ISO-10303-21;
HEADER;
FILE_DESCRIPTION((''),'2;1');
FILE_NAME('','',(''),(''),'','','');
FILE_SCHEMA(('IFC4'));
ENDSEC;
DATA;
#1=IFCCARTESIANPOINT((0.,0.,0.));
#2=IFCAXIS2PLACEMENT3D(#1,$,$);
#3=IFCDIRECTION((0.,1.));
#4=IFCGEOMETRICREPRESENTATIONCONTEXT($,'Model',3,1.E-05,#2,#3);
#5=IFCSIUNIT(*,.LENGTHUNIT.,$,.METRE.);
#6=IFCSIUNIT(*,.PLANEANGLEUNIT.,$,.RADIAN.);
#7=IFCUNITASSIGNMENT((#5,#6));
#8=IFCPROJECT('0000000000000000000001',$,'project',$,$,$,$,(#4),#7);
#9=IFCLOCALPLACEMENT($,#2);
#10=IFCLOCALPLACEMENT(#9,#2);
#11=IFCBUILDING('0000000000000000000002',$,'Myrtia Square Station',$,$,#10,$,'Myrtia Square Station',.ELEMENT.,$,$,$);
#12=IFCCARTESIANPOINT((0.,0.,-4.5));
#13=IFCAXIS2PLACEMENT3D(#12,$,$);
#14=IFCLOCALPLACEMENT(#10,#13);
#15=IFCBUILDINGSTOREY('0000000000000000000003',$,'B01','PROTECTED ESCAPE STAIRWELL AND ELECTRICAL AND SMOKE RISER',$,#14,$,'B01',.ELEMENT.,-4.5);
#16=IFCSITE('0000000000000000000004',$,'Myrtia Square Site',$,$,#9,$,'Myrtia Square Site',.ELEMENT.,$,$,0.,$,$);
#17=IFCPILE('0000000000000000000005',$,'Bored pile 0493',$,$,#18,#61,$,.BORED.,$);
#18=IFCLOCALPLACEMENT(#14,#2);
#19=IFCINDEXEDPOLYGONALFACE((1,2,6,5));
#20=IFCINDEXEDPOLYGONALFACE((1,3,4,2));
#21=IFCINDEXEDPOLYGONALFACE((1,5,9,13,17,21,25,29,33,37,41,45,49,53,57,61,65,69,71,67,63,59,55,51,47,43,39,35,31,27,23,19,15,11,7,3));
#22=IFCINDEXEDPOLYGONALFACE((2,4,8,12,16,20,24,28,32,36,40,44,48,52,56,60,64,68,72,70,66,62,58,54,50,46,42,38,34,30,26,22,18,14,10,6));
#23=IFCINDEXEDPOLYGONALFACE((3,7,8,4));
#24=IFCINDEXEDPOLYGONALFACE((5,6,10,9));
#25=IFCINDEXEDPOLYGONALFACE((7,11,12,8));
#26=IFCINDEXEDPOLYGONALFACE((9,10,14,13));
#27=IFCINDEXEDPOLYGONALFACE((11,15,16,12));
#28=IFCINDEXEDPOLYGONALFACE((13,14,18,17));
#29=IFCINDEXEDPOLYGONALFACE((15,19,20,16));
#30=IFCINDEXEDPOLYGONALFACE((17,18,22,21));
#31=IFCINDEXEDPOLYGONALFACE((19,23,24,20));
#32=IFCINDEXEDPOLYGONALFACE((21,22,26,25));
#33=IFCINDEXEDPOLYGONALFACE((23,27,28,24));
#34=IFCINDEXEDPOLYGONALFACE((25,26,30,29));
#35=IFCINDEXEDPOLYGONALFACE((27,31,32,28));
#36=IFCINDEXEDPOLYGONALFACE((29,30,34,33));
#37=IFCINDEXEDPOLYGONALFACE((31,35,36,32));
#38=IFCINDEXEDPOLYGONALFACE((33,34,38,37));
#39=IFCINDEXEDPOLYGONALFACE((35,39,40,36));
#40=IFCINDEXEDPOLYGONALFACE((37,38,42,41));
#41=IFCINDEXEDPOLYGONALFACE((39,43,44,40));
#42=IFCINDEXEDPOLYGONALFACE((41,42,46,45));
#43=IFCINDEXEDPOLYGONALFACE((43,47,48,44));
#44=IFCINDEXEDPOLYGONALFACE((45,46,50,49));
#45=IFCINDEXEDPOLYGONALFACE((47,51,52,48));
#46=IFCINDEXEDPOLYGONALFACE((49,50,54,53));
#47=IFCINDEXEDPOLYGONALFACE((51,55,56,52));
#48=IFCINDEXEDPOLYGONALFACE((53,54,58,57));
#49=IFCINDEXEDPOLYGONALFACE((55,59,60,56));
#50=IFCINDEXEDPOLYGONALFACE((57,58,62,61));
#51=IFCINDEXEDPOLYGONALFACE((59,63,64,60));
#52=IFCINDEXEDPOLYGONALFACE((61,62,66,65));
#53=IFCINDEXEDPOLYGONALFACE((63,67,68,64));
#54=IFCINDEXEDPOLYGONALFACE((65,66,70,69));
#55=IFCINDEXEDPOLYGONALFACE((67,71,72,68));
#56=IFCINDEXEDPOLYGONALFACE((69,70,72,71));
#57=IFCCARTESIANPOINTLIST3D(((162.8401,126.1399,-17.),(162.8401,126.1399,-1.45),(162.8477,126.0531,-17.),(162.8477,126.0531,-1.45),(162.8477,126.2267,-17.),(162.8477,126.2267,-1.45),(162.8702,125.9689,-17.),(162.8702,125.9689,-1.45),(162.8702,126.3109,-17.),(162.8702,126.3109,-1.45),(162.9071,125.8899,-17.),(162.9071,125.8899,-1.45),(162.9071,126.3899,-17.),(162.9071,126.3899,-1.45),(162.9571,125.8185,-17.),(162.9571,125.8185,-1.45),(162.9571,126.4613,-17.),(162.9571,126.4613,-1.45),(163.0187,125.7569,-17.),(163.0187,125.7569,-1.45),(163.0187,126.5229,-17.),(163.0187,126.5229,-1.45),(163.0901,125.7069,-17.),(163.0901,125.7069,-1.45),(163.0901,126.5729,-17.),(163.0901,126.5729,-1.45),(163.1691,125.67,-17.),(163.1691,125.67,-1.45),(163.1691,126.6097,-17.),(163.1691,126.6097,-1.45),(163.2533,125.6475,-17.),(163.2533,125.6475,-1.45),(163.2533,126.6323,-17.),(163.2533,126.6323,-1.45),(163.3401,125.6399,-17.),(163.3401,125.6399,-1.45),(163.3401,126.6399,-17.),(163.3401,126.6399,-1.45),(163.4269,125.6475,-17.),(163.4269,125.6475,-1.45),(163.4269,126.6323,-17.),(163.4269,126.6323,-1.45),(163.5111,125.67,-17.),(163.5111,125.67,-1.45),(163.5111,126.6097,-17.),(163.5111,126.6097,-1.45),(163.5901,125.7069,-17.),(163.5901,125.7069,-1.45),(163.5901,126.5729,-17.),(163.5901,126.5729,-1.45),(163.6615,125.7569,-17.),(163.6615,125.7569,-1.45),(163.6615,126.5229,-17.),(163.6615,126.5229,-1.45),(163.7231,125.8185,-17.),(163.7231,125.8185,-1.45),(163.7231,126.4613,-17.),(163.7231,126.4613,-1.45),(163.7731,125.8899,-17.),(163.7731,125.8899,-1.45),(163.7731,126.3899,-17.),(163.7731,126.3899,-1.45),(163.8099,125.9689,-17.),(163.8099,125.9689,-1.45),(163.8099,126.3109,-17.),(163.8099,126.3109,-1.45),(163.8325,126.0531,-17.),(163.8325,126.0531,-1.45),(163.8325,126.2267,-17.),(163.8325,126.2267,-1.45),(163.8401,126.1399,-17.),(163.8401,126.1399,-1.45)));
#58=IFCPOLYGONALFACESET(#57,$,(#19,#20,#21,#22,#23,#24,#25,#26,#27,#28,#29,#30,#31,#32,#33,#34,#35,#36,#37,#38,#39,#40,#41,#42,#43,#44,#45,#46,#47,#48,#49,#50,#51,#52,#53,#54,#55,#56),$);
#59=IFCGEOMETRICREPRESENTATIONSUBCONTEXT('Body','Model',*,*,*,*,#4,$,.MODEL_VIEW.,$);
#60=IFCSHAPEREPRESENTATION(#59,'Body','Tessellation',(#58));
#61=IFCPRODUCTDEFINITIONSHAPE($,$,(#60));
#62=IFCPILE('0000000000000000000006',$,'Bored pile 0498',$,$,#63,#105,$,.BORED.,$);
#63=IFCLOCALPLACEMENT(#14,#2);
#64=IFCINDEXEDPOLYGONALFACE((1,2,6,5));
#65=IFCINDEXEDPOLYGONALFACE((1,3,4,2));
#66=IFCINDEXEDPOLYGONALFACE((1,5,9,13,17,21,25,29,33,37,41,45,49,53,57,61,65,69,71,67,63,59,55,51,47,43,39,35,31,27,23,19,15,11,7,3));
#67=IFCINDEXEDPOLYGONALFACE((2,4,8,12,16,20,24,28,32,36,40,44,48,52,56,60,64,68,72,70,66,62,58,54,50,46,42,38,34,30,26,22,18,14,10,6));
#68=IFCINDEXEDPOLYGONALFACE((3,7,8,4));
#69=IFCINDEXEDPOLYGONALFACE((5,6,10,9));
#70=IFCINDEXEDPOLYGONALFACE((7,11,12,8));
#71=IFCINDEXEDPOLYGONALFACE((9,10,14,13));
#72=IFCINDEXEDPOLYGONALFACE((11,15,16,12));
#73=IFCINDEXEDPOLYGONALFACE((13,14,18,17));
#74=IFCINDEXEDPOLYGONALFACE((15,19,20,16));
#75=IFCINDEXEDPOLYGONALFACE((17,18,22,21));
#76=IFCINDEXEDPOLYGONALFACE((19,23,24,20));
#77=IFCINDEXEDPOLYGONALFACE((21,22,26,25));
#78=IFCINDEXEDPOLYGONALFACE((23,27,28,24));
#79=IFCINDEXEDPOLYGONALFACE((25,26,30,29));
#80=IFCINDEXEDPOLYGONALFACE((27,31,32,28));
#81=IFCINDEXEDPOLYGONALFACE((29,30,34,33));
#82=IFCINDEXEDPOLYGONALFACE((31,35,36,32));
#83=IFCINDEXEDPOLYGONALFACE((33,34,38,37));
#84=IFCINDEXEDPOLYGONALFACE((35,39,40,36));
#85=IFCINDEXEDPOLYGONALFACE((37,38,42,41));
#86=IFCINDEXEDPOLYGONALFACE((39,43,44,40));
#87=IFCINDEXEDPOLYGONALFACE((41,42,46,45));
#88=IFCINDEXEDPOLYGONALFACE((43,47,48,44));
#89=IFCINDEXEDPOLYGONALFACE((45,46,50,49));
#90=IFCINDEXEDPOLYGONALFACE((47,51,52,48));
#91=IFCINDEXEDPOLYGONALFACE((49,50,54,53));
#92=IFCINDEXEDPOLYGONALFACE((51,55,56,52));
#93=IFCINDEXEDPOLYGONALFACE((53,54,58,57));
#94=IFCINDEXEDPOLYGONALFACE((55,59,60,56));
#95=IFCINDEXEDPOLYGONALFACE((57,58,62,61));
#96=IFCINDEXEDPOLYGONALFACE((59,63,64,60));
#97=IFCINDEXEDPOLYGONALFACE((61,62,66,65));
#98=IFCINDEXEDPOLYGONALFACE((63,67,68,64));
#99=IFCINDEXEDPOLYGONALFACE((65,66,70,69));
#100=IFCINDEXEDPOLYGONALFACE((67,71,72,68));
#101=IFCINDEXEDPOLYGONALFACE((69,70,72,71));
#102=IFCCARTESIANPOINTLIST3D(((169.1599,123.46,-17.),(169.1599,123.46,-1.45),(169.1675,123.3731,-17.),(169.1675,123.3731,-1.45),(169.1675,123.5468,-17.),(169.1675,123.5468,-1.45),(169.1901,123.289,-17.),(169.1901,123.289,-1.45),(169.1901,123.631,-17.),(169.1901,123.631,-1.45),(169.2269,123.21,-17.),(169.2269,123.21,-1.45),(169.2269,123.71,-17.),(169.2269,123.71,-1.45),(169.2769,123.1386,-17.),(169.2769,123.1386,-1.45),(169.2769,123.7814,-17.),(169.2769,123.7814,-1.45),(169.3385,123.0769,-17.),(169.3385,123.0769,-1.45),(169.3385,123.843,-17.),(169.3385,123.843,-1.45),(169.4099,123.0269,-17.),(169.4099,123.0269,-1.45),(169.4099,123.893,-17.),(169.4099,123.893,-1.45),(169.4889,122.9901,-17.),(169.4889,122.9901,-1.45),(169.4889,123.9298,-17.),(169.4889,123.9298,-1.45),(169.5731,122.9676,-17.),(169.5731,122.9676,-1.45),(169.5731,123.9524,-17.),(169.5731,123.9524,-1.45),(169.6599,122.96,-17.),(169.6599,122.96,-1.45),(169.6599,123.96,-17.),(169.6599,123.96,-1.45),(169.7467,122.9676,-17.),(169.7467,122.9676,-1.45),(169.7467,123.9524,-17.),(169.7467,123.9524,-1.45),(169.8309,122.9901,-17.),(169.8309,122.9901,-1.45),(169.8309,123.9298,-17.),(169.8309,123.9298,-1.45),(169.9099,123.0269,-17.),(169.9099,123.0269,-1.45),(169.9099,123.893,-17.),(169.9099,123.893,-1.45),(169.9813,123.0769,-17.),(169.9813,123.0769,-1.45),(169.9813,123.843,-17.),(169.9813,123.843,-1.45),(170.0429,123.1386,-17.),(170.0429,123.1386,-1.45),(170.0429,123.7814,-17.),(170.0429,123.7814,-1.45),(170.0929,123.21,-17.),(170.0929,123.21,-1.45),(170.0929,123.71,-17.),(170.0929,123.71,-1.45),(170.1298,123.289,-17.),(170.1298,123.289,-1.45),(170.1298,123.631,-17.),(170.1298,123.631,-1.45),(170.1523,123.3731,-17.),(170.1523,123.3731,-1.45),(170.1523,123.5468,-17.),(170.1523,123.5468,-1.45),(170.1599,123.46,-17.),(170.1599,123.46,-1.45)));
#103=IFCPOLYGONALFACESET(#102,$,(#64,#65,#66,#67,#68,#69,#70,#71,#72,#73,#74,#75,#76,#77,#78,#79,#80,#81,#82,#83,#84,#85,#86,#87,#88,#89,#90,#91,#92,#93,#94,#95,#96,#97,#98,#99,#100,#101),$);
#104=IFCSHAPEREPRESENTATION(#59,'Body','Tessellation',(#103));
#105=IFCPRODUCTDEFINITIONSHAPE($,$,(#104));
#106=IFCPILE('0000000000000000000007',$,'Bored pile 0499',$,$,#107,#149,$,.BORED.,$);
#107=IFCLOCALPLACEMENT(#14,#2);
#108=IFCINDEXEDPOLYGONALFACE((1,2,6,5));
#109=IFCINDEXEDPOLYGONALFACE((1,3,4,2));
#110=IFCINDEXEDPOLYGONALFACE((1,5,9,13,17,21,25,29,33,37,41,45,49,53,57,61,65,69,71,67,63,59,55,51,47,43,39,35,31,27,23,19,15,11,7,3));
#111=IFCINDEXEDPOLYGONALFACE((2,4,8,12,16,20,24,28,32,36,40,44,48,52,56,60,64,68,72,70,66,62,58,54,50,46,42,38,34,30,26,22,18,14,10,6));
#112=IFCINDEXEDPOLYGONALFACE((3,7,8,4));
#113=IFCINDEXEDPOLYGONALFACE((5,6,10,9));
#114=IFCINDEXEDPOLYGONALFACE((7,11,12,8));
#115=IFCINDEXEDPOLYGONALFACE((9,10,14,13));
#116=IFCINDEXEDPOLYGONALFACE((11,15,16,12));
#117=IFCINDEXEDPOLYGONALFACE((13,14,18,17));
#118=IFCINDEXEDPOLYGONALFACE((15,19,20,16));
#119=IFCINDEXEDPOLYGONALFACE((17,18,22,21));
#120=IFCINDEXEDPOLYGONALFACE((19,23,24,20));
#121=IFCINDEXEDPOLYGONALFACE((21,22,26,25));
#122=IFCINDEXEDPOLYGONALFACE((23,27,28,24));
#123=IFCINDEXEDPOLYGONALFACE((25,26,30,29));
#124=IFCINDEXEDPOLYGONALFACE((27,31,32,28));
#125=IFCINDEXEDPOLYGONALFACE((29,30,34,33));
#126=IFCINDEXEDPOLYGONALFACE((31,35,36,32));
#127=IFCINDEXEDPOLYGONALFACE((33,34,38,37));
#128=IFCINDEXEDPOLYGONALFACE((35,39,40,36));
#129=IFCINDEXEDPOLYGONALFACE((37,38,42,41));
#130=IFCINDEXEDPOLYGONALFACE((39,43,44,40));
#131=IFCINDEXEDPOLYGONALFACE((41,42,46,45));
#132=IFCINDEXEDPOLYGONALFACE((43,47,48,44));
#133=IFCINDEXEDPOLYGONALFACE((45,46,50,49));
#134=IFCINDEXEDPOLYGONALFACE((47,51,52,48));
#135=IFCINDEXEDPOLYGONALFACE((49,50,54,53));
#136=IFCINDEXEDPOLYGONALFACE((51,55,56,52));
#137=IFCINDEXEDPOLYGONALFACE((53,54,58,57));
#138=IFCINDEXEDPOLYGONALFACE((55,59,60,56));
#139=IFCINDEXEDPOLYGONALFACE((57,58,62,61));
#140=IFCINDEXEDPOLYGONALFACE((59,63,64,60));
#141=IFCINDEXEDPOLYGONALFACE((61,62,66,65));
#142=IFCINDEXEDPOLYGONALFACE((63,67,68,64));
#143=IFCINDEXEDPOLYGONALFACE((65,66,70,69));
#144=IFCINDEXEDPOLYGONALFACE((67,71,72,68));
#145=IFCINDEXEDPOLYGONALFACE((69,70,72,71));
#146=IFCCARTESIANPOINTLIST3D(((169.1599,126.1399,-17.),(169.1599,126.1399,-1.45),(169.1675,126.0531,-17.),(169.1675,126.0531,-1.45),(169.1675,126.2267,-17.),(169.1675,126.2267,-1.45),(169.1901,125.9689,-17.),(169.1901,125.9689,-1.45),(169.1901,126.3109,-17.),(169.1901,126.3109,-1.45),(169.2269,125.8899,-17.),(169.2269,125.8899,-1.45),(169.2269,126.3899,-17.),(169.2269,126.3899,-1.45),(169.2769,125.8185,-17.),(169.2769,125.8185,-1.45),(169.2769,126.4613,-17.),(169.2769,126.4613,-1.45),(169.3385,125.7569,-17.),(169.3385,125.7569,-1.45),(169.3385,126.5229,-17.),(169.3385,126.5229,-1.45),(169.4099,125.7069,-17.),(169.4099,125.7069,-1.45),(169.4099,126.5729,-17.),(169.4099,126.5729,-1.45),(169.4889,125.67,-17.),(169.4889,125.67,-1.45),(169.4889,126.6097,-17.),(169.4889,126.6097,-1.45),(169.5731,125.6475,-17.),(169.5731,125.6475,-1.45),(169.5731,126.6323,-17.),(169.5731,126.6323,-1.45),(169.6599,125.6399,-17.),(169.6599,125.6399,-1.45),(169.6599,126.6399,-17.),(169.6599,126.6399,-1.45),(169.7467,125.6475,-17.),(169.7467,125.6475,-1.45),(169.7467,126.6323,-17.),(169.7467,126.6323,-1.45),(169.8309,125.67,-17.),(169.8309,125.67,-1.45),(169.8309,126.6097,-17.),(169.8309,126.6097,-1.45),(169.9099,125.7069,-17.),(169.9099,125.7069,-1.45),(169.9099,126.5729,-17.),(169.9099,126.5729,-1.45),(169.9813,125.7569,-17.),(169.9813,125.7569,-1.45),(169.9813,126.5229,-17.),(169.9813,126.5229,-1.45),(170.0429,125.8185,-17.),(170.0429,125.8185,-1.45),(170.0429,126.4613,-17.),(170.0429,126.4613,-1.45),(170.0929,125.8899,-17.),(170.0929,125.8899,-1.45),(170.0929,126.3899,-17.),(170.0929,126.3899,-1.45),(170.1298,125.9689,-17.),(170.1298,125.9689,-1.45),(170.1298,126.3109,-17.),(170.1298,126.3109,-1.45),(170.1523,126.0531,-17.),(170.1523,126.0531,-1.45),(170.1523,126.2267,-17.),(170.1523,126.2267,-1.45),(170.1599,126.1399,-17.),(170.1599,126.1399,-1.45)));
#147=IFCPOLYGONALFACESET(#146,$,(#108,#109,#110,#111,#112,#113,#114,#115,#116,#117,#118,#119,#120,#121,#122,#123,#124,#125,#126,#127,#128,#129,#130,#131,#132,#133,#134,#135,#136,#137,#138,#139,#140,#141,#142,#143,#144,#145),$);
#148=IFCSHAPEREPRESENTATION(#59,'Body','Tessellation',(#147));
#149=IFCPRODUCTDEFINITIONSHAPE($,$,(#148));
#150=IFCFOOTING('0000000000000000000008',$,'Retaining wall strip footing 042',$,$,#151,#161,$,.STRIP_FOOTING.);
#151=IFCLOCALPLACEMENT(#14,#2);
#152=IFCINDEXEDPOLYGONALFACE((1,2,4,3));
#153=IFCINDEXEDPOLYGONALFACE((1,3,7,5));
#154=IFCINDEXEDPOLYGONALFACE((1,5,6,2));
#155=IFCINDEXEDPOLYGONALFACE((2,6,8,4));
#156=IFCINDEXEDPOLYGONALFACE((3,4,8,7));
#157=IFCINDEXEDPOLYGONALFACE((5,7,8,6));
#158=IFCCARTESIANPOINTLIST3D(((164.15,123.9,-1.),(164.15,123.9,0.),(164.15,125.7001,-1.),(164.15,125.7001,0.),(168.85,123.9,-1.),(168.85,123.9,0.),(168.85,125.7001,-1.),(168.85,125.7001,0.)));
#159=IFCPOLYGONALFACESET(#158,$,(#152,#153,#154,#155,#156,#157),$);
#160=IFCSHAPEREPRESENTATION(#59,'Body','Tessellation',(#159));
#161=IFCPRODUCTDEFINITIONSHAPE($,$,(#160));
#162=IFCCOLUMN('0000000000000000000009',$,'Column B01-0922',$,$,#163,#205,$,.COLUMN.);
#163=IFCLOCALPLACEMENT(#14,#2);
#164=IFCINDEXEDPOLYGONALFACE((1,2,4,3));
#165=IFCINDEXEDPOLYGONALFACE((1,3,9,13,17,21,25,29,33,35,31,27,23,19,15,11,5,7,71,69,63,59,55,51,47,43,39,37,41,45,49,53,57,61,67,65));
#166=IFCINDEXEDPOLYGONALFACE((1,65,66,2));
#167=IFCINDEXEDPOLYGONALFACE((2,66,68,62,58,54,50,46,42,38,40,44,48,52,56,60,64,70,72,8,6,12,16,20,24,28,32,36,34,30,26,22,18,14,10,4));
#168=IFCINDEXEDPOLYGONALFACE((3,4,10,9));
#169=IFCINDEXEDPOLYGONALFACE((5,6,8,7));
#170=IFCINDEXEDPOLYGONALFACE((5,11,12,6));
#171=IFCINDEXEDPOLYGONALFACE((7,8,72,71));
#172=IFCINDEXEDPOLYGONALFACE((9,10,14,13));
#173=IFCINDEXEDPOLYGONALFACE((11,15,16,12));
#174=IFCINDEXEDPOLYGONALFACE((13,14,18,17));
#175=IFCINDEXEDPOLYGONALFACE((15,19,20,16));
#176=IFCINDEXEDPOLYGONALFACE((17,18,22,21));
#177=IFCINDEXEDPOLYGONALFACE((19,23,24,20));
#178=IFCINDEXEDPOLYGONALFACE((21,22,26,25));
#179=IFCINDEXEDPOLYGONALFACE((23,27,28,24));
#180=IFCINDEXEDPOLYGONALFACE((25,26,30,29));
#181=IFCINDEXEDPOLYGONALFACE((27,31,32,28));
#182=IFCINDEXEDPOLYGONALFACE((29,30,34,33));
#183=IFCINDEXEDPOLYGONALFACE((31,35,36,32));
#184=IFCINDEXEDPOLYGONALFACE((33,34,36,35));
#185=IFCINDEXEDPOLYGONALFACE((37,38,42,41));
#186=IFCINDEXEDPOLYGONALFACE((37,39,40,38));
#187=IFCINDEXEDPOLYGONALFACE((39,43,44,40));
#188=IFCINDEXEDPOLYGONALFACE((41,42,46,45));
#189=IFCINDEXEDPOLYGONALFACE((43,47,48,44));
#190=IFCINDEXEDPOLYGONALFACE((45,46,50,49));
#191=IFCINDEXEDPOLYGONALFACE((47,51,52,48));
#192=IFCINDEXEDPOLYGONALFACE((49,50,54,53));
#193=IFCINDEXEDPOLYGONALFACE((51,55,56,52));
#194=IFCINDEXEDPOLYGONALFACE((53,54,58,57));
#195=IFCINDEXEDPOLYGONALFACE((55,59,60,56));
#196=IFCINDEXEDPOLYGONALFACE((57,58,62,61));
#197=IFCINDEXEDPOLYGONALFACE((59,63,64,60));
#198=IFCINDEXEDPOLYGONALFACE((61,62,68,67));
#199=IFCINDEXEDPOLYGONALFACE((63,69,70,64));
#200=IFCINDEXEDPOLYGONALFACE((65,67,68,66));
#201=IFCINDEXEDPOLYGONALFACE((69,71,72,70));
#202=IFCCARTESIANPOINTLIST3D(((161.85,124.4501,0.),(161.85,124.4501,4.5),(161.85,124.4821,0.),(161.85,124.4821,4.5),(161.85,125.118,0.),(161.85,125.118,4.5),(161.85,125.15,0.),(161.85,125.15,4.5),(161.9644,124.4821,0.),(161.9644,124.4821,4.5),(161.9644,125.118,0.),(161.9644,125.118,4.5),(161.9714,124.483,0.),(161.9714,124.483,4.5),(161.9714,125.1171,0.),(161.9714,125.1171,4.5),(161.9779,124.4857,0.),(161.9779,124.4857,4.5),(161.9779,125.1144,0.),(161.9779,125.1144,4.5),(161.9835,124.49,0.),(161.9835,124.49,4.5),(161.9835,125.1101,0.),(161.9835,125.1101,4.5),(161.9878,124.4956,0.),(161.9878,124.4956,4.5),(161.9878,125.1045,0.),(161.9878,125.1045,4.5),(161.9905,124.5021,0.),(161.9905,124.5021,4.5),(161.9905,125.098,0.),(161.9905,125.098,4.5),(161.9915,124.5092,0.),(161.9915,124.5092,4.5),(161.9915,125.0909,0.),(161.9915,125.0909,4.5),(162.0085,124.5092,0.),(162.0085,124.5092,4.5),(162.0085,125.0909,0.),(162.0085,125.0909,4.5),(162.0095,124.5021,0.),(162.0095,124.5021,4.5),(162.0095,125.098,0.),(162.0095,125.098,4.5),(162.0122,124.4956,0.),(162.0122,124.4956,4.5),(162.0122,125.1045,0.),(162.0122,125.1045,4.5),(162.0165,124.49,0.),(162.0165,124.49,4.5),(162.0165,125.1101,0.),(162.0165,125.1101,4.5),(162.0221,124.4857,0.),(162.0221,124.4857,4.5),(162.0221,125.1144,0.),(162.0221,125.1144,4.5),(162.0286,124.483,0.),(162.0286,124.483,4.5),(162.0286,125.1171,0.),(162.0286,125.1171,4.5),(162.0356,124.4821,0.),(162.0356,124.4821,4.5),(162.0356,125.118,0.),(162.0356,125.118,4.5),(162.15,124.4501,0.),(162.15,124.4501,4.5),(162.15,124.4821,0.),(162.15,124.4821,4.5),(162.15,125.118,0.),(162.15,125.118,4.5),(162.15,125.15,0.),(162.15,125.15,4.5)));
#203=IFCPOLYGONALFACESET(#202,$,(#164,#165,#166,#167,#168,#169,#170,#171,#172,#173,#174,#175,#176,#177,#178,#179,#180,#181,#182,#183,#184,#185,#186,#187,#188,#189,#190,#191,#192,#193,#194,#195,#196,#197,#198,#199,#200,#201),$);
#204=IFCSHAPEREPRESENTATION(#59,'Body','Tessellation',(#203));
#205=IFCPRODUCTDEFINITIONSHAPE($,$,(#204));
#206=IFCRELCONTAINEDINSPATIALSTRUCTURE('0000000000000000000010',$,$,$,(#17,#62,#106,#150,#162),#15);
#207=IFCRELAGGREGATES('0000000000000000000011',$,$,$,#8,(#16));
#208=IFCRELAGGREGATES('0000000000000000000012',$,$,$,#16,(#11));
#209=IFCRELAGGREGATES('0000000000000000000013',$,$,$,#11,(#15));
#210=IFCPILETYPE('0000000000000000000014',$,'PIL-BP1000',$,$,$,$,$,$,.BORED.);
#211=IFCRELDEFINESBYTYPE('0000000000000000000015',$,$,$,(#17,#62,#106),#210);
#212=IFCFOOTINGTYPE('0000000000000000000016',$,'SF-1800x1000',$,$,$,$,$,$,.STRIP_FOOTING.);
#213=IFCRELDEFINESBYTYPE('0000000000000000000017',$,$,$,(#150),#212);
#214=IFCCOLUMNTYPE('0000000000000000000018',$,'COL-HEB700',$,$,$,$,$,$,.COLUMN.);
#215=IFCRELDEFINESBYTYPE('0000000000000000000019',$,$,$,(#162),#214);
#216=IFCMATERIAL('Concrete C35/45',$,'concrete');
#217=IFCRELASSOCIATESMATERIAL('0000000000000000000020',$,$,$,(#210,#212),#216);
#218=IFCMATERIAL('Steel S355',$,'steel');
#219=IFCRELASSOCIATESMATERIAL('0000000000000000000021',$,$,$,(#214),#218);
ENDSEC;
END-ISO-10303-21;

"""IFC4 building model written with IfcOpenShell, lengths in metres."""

from ifc_helpers import new_model, si_unit, direction, frame, origin, origin_2d, place, context, subcontext, project, spatial, rectangle, circle, i_section, extrude, material, material_profile, profile_set, type_object, element, save


model = new_model("IFC4")

# Units and contexts
model_context = context("Model", 3, precision=1e-05, world=origin(), true_north=direction((0.0, 1.0)))
body_context = subcontext(model_context, "Body", "Model", "MODEL_VIEW")
ifc_project = project(units=[si_unit("LENGTHUNIT", "METRE"), si_unit("PLANEANGLEUNIT", "RADIAN")], contexts=[model_context])

# Site, building, storey
site_placement = place(None, origin())
site = spatial("IfcSite", under=ifc_project, at=site_placement, Name="Myrtia Square Site", LongName="Myrtia Square Site", CompositionType="ELEMENT", RefElevation=0.0)
building_placement = place(site_placement, origin())
building = spatial("IfcBuilding", under=site, at=building_placement, Name="Myrtia Square Station", LongName="Myrtia Square Station", CompositionType="ELEMENT")
storey_placement = place(building_placement, frame((0.0, 0.0, -4.5)))
storey = spatial("IfcBuildingStorey", under=building, at=storey_placement, Name="B01", Description="PROTECTED ESCAPE STAIRWELL AND ELECTRICAL AND SMOKE RISER", LongName="B01", CompositionType="ELEMENT", Elevation=-4.5)

# Shared definitions
ifc_material_1 = material(Name="Concrete C35/45", Category="concrete")

# Piles
ifc_material_profile_1 = material_profile(ifc_material_1, circle(Radius=0.5, at=origin_2d()), Name="BP D1000")
ifc_profile_set_1 = profile_set([ifc_material_profile_1], Name="Concrete C35/45")
pile_type = type_object("IfcPileType", Name="PIL-BP1000", PredefinedType="BORED", material=ifc_profile_set_1)
for number, where, z_axis, x_axis, name in (
    (1, (163.3401, 126.1399, -1.45), (0.0, 0.0, -1.0), (1.0, 0.0, 0.0), "Bored pile 0493"),
    (2, (169.6599, 123.46, -1.45), (0.0, 0.0, -1.0), (1.0, 0.0, 0.0), "Bored pile 0498"),
    (3, (169.6599, 126.1399, -1.45), (0.0, 0.0, -1.0), (1.0, 0.0, 0.0), "Bored pile 0499"),
):
    element("IfcPile", number, at=place(storey_placement, frame(where, z_axis=z_axis, x_axis=x_axis)), inside=storey, type_object=pile_type, Name=name, PredefinedType="BORED", context=body_context, shape_type="SweptSolid", body=[
        extrude(circle(Radius=0.5, at=origin_2d()), origin(), (0.0, 0.0, 1.0), 15.55),
    ])

# Footing
footing_type_1 = type_object("IfcFootingType", Name="SF-1800x1000", PredefinedType="STRIP_FOOTING", material=ifc_material_1)
footing_1_placement = place(storey_placement, frame((166.5, 124.8, -1.0), z_axis=(0.0, 0.0, 1.0), x_axis=(1.0, 0.0, 0.0)))
element("IfcFooting", 4, at=footing_1_placement, inside=storey, type_object=footing_type_1, Name="Retaining wall strip footing 042", PredefinedType="STRIP_FOOTING", context=body_context, shape_type="SweptSolid", body=[
    extrude(rectangle(XDim=4.7, YDim=1.8, at=origin_2d()), origin(), (0.0, 0.0, 1.0), 1.0),
])

# Column
ifc_material_2 = material(Name="Steel S355", Category="steel")
ifc_material_profile_2 = material_profile(ifc_material_2, i_section(OverallWidth=0.3, OverallDepth=0.7, WebThickness=0.0171, FlangeThickness=0.032, FilletRadius=0.0271, at=origin_2d()), Name="HEB 700")
ifc_profile_set_2 = profile_set([ifc_material_profile_2], Name="Steel S355")
column_type = type_object("IfcColumnType", Name="COL-HEB700", PredefinedType="COLUMN", material=ifc_profile_set_2)
for number, where, z_axis, x_axis, name in (
    (5, (162.0, 124.8, 0.0), (0.0, 0.0, 1.0), (1.0, 0.0, 0.0), "Column B01-0922"),
):
    element("IfcColumn", number, at=place(storey_placement, frame(where, z_axis=z_axis, x_axis=x_axis)), inside=storey, type_object=column_type, Name=name, PredefinedType="COLUMN", context=body_context, shape_type="SweptSolid", body=[
        extrude(i_section(OverallWidth=0.3, OverallDepth=0.7, WebThickness=0.0171, FlangeThickness=0.032, FilletRadius=0.0271, at=origin_2d()), origin(), (0.0, 0.0, 1.0), 4.5),
    ])

save(model, "model.ifc")
